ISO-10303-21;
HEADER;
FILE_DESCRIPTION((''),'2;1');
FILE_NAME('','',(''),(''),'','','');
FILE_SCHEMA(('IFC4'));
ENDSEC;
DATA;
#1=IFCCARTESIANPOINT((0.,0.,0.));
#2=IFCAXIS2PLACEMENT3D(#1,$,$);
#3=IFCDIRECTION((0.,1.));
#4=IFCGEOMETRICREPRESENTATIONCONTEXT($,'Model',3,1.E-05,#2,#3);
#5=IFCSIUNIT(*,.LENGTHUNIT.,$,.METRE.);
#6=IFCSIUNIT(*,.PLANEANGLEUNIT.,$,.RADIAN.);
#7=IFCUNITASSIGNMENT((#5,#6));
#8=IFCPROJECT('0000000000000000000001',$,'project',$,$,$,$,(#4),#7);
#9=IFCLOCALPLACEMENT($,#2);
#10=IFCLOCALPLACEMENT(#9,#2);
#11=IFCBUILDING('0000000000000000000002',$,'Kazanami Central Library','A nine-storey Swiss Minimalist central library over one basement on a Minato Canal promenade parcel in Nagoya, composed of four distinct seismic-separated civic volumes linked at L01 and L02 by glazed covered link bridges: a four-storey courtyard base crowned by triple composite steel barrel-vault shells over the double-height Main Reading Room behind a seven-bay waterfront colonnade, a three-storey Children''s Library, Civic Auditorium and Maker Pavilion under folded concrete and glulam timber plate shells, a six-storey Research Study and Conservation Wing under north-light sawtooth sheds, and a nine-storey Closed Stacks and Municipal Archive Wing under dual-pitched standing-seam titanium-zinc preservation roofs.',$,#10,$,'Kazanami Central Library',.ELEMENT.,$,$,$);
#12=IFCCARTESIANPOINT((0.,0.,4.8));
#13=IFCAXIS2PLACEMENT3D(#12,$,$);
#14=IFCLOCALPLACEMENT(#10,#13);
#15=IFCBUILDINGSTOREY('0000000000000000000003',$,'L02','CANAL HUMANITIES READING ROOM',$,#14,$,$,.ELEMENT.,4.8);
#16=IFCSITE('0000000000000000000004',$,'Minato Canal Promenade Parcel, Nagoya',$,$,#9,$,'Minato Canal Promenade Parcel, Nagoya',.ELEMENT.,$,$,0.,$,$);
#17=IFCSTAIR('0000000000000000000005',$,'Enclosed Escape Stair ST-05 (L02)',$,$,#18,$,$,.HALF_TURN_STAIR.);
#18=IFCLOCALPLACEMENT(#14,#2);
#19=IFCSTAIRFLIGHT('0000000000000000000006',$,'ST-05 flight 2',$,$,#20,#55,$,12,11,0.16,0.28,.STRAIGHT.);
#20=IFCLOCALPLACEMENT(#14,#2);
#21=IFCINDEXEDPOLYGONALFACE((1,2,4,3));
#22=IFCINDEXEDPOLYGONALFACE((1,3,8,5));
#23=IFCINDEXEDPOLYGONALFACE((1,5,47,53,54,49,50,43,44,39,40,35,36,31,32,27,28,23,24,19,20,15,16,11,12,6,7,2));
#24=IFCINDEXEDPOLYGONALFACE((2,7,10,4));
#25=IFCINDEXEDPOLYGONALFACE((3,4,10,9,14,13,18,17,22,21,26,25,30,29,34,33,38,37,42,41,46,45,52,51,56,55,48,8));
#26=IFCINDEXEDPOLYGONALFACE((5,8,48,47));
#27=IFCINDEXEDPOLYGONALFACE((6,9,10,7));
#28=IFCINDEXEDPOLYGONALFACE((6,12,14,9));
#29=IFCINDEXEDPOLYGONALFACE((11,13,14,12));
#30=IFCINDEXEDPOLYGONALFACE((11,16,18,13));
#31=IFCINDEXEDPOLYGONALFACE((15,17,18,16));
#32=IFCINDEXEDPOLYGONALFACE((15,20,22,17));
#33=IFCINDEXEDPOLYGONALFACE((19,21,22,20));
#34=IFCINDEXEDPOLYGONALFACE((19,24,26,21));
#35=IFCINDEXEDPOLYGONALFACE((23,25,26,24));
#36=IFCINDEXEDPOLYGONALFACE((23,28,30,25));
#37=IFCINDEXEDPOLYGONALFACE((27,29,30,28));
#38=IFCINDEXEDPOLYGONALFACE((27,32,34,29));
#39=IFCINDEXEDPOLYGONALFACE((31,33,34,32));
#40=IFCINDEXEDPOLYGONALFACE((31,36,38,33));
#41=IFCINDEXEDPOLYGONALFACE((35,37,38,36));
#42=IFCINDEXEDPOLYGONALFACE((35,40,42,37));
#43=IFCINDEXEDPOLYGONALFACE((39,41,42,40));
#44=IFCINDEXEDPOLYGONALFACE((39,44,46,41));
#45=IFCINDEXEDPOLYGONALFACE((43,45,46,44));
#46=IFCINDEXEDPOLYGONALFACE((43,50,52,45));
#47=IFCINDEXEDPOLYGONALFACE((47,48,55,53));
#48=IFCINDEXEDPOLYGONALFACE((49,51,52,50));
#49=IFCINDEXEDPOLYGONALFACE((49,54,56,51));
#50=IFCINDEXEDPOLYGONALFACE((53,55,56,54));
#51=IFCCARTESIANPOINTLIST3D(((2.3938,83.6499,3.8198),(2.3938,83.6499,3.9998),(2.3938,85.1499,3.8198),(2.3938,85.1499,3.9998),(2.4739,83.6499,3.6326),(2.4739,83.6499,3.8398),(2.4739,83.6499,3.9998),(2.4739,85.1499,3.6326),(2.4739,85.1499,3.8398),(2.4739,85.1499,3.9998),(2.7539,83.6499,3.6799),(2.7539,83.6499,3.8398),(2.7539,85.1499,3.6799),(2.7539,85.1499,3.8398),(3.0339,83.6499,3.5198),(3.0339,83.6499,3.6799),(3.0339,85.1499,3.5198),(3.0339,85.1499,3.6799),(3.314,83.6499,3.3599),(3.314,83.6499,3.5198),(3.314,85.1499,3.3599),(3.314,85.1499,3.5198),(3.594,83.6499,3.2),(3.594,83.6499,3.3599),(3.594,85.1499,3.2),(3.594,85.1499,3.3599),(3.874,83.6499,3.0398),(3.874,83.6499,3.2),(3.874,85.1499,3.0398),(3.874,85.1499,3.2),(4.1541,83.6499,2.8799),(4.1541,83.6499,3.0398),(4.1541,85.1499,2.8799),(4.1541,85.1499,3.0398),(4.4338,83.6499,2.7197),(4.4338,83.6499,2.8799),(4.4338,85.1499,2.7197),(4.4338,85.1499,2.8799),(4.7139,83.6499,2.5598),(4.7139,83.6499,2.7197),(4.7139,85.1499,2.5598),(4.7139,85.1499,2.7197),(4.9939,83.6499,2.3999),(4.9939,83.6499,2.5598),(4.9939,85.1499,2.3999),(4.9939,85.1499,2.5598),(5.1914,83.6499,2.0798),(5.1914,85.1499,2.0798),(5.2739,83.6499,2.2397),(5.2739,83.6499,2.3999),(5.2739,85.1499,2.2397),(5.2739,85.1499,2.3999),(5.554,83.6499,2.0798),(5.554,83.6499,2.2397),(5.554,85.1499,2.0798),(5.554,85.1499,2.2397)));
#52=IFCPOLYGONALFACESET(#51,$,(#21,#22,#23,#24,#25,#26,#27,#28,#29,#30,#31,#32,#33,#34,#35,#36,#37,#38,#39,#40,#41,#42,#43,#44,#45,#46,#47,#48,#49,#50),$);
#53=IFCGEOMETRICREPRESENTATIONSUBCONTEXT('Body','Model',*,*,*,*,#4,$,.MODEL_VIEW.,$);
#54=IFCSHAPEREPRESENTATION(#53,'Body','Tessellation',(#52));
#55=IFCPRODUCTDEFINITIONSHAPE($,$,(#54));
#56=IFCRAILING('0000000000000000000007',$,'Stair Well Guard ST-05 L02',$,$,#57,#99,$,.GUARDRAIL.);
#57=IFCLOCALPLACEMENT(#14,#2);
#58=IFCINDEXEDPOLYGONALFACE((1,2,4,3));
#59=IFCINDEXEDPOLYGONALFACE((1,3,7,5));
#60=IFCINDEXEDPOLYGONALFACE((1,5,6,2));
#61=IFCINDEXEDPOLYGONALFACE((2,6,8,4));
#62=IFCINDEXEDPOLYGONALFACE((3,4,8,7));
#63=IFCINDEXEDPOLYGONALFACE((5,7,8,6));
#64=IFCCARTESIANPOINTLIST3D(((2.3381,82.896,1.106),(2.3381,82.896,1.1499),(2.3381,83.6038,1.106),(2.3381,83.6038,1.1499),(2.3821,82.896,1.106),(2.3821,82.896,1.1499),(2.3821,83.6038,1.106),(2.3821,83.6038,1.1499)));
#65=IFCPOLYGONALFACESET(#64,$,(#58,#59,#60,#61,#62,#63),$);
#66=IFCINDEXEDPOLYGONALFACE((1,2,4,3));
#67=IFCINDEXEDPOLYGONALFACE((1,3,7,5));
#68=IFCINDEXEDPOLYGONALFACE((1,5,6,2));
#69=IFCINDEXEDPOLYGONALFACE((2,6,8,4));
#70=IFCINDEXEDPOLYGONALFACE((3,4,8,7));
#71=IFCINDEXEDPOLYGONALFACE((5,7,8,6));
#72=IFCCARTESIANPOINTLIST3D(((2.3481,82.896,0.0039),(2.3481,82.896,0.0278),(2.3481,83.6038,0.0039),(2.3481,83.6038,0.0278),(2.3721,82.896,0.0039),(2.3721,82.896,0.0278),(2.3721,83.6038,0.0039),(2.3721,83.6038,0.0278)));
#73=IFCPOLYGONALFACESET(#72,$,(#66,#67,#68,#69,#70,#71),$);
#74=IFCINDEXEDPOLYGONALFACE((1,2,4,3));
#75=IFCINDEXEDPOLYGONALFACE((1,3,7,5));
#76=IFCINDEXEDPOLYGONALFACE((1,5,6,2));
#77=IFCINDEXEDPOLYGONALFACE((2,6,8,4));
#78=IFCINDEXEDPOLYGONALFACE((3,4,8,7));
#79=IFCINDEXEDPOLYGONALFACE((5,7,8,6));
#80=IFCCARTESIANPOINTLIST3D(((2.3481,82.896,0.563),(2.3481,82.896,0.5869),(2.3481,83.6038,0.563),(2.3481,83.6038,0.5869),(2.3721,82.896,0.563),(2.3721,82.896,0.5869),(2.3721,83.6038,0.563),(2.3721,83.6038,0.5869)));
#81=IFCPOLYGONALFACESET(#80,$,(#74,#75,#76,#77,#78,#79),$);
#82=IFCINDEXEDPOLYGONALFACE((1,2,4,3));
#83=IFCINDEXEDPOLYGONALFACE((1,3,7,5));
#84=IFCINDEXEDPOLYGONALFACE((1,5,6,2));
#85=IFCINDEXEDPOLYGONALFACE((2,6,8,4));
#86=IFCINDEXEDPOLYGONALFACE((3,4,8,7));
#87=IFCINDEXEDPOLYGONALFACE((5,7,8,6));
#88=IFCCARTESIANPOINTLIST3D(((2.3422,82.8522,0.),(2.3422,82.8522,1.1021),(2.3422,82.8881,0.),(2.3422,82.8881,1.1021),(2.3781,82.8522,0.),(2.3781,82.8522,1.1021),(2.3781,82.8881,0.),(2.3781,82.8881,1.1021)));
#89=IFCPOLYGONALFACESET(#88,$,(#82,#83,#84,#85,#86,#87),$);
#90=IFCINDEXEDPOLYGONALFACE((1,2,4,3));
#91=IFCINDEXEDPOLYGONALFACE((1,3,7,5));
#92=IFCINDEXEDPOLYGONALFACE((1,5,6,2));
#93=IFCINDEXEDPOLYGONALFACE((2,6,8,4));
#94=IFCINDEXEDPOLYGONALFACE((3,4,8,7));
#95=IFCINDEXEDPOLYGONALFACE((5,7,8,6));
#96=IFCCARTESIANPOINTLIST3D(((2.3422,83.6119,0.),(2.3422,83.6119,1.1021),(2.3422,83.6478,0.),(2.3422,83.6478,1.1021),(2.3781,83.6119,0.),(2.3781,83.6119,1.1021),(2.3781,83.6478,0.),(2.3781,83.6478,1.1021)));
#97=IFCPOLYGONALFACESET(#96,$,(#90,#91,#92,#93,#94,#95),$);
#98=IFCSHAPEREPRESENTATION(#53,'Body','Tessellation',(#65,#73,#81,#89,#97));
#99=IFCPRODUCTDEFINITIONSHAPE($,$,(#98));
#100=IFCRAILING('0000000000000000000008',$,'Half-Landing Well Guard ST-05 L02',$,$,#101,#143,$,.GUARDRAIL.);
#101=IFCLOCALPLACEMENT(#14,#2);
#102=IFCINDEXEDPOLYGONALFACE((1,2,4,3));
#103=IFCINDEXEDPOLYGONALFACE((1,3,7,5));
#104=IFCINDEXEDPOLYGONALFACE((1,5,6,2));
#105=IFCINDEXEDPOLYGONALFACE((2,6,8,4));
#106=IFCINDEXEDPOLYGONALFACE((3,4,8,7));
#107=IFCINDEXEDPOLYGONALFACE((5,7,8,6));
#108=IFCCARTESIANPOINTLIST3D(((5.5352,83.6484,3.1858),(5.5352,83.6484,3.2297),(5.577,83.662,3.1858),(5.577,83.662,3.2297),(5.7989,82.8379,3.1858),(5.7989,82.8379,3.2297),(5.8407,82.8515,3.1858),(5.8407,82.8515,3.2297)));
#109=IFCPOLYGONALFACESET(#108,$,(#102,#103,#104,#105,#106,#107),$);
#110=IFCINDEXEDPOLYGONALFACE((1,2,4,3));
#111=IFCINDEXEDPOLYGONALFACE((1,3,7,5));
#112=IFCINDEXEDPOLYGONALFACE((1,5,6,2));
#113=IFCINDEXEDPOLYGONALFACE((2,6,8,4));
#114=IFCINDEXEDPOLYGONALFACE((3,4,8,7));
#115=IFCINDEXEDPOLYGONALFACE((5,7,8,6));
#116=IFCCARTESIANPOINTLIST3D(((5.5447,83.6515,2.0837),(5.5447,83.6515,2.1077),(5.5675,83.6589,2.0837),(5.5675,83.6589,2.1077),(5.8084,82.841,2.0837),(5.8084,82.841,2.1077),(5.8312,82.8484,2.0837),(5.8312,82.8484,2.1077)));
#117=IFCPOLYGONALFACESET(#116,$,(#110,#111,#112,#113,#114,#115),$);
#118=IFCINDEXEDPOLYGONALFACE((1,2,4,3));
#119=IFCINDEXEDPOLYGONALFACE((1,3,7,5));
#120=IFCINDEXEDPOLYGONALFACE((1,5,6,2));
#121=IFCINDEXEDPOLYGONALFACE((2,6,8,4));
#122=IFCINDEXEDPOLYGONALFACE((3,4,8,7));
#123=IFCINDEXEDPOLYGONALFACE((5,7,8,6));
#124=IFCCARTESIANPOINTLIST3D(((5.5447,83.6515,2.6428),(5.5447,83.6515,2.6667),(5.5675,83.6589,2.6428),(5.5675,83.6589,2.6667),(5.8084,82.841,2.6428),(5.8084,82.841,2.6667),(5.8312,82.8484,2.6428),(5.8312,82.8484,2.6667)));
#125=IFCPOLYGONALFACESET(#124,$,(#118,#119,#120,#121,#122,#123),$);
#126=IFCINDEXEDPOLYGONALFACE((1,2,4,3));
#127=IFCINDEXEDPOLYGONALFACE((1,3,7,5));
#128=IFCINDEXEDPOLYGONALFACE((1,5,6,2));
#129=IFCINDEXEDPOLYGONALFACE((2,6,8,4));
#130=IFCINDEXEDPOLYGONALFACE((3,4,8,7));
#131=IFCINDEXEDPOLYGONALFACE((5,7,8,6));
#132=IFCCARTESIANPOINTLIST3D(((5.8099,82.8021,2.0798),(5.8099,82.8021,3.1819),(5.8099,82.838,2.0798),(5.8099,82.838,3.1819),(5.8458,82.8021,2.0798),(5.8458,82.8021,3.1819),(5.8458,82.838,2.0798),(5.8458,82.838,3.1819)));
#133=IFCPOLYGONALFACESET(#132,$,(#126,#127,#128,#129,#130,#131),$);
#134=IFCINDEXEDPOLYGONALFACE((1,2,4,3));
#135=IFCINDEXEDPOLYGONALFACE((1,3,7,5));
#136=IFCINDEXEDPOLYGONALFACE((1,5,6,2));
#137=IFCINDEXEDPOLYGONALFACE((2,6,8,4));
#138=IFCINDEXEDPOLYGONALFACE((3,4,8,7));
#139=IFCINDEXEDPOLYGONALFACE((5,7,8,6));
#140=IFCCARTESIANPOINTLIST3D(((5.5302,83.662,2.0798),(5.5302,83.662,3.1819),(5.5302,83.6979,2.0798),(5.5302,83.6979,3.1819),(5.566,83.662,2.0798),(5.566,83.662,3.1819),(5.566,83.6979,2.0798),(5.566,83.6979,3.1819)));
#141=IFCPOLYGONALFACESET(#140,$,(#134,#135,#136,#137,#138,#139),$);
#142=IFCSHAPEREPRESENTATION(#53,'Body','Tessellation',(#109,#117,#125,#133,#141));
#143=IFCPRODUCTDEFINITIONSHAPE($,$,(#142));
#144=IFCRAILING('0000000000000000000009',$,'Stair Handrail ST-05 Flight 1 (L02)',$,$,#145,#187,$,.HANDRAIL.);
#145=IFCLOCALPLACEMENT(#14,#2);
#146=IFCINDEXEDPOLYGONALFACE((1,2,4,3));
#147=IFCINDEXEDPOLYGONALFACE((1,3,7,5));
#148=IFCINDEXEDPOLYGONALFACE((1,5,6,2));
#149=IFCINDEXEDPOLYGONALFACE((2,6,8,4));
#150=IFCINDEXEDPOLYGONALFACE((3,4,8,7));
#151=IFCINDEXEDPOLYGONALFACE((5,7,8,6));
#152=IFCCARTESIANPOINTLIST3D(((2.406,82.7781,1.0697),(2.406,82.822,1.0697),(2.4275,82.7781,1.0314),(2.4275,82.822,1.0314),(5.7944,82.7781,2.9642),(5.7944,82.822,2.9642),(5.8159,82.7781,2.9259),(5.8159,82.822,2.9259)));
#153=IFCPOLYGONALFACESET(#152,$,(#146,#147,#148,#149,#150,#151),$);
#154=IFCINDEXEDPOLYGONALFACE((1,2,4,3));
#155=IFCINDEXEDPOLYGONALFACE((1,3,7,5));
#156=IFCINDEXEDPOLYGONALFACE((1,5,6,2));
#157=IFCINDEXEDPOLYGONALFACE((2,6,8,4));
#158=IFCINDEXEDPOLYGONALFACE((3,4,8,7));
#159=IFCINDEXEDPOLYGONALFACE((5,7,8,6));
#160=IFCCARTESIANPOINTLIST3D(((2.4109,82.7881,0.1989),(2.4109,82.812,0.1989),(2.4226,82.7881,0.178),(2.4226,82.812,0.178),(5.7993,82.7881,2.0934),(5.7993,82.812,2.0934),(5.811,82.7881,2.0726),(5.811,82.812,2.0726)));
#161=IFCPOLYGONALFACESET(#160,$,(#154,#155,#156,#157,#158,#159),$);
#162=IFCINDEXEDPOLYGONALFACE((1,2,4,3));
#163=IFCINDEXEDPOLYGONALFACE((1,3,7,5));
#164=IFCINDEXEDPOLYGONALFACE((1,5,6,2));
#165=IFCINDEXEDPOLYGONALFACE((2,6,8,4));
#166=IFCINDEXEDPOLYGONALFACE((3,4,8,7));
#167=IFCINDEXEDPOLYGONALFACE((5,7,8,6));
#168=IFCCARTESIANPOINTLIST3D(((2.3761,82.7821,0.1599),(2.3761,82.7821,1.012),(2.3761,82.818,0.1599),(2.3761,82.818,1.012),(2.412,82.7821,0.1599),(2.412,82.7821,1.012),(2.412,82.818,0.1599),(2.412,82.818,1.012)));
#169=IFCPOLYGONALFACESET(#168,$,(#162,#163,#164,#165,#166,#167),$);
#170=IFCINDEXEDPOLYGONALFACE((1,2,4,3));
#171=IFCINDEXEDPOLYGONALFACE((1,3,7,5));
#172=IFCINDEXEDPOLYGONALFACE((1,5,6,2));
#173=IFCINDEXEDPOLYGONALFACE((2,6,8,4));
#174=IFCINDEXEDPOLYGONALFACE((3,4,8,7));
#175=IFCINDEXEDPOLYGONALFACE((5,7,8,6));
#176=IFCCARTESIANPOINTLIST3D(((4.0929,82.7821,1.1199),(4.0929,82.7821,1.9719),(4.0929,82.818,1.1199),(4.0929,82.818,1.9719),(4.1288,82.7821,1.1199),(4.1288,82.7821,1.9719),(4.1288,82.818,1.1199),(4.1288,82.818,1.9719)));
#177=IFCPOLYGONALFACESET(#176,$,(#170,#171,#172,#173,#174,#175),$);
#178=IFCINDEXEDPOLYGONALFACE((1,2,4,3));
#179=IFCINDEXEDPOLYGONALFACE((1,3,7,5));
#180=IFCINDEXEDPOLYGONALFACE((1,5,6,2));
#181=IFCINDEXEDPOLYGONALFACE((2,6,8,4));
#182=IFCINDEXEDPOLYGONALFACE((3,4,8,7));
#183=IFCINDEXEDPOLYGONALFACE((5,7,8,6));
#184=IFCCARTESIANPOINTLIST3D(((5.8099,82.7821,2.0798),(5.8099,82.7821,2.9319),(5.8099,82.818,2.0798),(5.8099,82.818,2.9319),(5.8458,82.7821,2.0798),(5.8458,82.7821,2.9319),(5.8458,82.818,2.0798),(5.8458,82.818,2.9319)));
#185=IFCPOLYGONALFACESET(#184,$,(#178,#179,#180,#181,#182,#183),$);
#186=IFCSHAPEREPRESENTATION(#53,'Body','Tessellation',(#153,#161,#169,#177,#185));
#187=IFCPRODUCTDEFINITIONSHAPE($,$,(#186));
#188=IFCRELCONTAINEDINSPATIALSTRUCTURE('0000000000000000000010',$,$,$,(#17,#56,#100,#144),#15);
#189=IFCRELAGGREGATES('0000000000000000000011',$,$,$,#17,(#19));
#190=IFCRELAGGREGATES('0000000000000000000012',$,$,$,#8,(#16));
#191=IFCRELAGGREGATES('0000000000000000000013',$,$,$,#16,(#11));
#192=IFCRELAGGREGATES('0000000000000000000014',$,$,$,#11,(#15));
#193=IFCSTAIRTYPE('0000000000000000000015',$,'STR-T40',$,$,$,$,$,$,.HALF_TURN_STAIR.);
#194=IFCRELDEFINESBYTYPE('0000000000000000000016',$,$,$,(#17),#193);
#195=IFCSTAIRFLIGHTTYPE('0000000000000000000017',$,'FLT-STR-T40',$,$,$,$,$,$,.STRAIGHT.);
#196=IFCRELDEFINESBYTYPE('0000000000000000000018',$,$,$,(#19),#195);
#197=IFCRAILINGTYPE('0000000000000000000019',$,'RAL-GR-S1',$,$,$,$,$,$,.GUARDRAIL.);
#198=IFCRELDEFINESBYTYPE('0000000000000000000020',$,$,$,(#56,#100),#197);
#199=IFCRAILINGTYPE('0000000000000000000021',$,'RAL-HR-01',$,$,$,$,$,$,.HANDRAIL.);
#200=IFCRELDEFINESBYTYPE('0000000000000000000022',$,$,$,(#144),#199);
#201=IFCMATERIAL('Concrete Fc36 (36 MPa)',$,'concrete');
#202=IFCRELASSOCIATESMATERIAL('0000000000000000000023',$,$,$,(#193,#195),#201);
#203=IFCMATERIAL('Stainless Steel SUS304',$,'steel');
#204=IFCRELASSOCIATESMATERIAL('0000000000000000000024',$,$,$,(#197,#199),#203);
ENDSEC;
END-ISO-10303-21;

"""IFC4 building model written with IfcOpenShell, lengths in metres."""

from ifc_helpers import new_model, si_unit, direction, frame, origin, origin_2d, place, context, subcontext, project, spatial, polyline, rectangle, outline, extrude, material, type_object, element, aggregate, save


model = new_model("IFC4")

# Units and contexts
model_context = context("Model", 3, precision=1e-05, world=origin(), true_north=direction((0.0, 1.0)))
body_context = subcontext(model_context, "Body", "Model", "MODEL_VIEW")
ifc_project = project(units=[si_unit("LENGTHUNIT", "METRE"), si_unit("PLANEANGLEUNIT", "RADIAN")], contexts=[model_context])

# Site, building, storey
site_placement = place(None, origin())
site = spatial("IfcSite", under=ifc_project, at=site_placement, Name="Minato Canal Promenade Parcel, Nagoya", LongName="Minato Canal Promenade Parcel, Nagoya", CompositionType="ELEMENT", RefElevation=0.0)
building_placement = place(site_placement, origin())
building = spatial("IfcBuilding", under=site, at=building_placement, Name="Kazanami Central Library", Description="A nine-storey Swiss Minimalist central library over one basement on a Minato Canal promenade parcel in Nagoya, composed of four distinct seismic-separated civic volumes linked at L01 and L02 by glazed covered link bridges: a four-storey courtyard base crowned by triple composite steel barrel-vault shells over the double-height Main Reading Room behind a seven-bay waterfront colonnade, a three-storey Children's Library, Civic Auditorium and Maker Pavilion under folded concrete and glulam timber plate shells, a six-storey Research Study and Conservation Wing under north-light sawtooth sheds, and a nine-storey Closed Stacks and Municipal Archive Wing under dual-pitched standing-seam titanium-zinc preservation roofs.", LongName="Kazanami Central Library", CompositionType="ELEMENT")
storey_placement = place(building_placement, frame((0.0, 0.0, 4.8)))
storey = spatial("IfcBuildingStorey", under=building, at=storey_placement, Name="L02", Description="CANAL HUMANITIES READING ROOM", CompositionType="ELEMENT", Elevation=4.8)

# Shared definitions
ifc_material_1 = material(Name="Concrete Fc36 (36 MPa)", Category="concrete")

# Stair, stair flight
stair_type = type_object("IfcStairType", Name="STR-T40", PredefinedType="HALF_TURN_STAIR", material=ifc_material_1)
stair_placement = place(storey_placement, origin())
stair = element("IfcStair", 1, at=stair_placement, inside=storey, type_object=stair_type, Name="Enclosed Escape Stair ST-05 (L02)", PredefinedType="HALF_TURN_STAIR")
stair_flight_type = type_object("IfcStairFlightType", Name="FLT-STR-T40", PredefinedType="STRAIGHT", material=ifc_material_1)
stair_flight_1_placement = place(storey_placement, frame((5.554, 84.3999, 2.0798), z_axis=(0.0, 0.0, 1.0), x_axis=(-1.0, 0.0, 0.0)))
stair_flight_1 = element("IfcStairFlight", 2, at=stair_flight_1_placement, type_object=stair_flight_type, Name="ST-05 flight 2", NumberOfRisers=12, NumberOfTreads=11, PredefinedType="STRAIGHT", RiserHeight=0.16, TreadLength=0.28, context=body_context, shape_type="SweptSolid", body=[
    extrude(outline(polyline([(0.0, 0.0), (0.0, 0.1599), (0.28, 0.1599), (0.28, 0.3201), (0.5601, 0.3201), (0.5601, 0.48), (0.8401, 0.48), (0.8401, 0.6399), (1.1201, 0.6399), (1.1201, 0.8), (1.3999, 0.8), (1.3999, 0.96), (1.6799, 0.96), (1.6799, 1.1201), (1.96, 1.1201), (1.96, 1.28), (2.24, 1.28), (2.24, 1.4399), (2.52, 1.4399), (2.52, 1.6001), (2.8, 1.6001), (2.8, 1.76), (3.0801, 1.76), (3.0801, 1.9199), (3.1602, 1.9199), (3.1602, 1.74), (3.0801, 1.5527), (0.3625, 0.0), (0.0, 0.0)])), frame((0.0, 0.75, 0.0), z_axis=(0.0, -1.0, 0.0), x_axis=(1.0, 0.0, 0.0)), (0.0, 0.0, 1.0), 1.5),
])
aggregate(stair, [stair_flight_1])

# Railings
ifc_material_2 = material(Name="Stainless Steel SUS304", Category="steel")
railing_type_1 = type_object("IfcRailingType", Name="RAL-GR-S1", PredefinedType="GUARDRAIL", material=ifc_material_2)
railing_1_placement = place(storey_placement, frame((2.3601, 82.8701, 0.0)))
element("IfcRailing", 3, at=railing_1_placement, inside=storey, type_object=railing_type_1, Name="Stair Well Guard ST-05 L02", PredefinedType="GUARDRAIL", context=body_context, shape_type="SweptSolid", body=[
    extrude(rectangle(XDim=0.0439, YDim=0.0439, at=origin_2d()), frame((0.0, 0.0259, 1.1279), z_axis=(0.0, 1.0, 0.0), x_axis=(-1.0, 0.0, 0.0)), (0.0, 0.0, 1.0), 0.7078),
    extrude(rectangle(XDim=0.0239, YDim=0.0239, at=origin_2d()), frame((0.0, 0.0259, 0.0159), z_axis=(0.0, 1.0, 0.0), x_axis=(-1.0, 0.0, 0.0)), (0.0, 0.0, 1.0), 0.7078),
    extrude(rectangle(XDim=0.0239, YDim=0.0239, at=origin_2d()), frame((0.0, 0.0259, 0.575), z_axis=(0.0, 1.0, 0.0), x_axis=(-1.0, 0.0, 0.0)), (0.0, 0.0, 1.0), 0.7078),
    extrude(rectangle(XDim=0.0359, YDim=0.0359, at=origin_2d()), origin(), (0.0, 0.0, 1.0), 1.1021),
    extrude(rectangle(XDim=0.0359, YDim=0.0359, at=origin_2d()), frame((0.0, 0.7598, 0.0)), (0.0, 0.0, 1.0), 1.1021),
])
railing_2_placement = place(storey_placement, frame((5.8279, 82.8201, 2.0798)))
element("IfcRailing", 4, at=railing_2_placement, inside=storey, type_object=railing_type_1, Name="Half-Landing Well Guard ST-05 L02", PredefinedType="GUARDRAIL", context=body_context, shape_type="SweptSolid", body=[
    extrude(rectangle(XDim=0.0439, YDim=0.0439, at=origin_2d()), frame((-0.0081, 0.0247, 1.1279), z_axis=(-0.309416, 0.950927, 0.0), x_axis=(-0.950927, -0.309416, 0.0)), (0.0, 0.0, 1.0), 0.8523),
    extrude(rectangle(XDim=0.0239, YDim=0.0239, at=origin_2d()), frame((-0.0081, 0.0247, 0.0159), z_axis=(-0.309416, 0.950927, 0.0), x_axis=(-0.950927, -0.309416, 0.0)), (0.0, 0.0, 1.0), 0.8523),
    extrude(rectangle(XDim=0.0239, YDim=0.0239, at=origin_2d()), frame((-0.0081, 0.0247, 0.575), z_axis=(-0.309416, 0.950927, 0.0), x_axis=(-0.950927, -0.309416, 0.0)), (0.0, 0.0, 1.0), 0.8523),
    extrude(rectangle(XDim=0.0359, YDim=0.0359, at=origin_2d()), origin(), (0.0, 0.0, 1.0), 1.1021),
    extrude(rectangle(XDim=0.0359, YDim=0.0359, at=origin_2d()), frame((-0.2798, 0.8599, 0.0)), (0.0, 0.0, 1.0), 1.1021),
])
railing_type_2 = type_object("IfcRailingType", Name="RAL-HR-01", PredefinedType="HANDRAIL", material=ifc_material_2)
railing_3_placement = place(storey_placement, frame((2.394, 82.8, 0.1599)))
element("IfcRailing", 5, at=railing_3_placement, inside=storey, type_object=railing_type_2, Name="Stair Handrail ST-05 Flight 1 (L02)", PredefinedType="HANDRAIL", context=body_context, shape_type="SweptSolid", body=[
    extrude(rectangle(XDim=0.0439, YDim=0.0439, at=origin_2d()), frame((0.0227, 0.0, 0.8906), z_axis=(0.872834, 0.0, 0.488017), x_axis=(0.0, 1.0, 0.0)), (0.0, 0.0, 1.0), 3.8821),
    extrude(rectangle(XDim=0.0239, YDim=0.0239, at=origin_2d()), frame((0.0227, 0.0, 0.0286), z_axis=(0.872834, 0.0, 0.488017), x_axis=(0.0, 1.0, 0.0)), (0.0, 0.0, 1.0), 3.8821),
    extrude(rectangle(XDim=0.0359, YDim=0.0359, at=origin_2d()), origin(), (0.0, 0.0, 1.0), 0.8521),
    extrude(rectangle(XDim=0.0359, YDim=0.0359, at=origin_2d()), frame((1.7168, 0.0, 0.96)), (0.0, 0.0, 1.0), 0.8521),
    extrude(rectangle(XDim=0.0359, YDim=0.0359, at=origin_2d()), frame((3.4338, 0.0, 1.9199)), (0.0, 0.0, 1.0), 0.8521),
])

save(model, "model.ifc")
